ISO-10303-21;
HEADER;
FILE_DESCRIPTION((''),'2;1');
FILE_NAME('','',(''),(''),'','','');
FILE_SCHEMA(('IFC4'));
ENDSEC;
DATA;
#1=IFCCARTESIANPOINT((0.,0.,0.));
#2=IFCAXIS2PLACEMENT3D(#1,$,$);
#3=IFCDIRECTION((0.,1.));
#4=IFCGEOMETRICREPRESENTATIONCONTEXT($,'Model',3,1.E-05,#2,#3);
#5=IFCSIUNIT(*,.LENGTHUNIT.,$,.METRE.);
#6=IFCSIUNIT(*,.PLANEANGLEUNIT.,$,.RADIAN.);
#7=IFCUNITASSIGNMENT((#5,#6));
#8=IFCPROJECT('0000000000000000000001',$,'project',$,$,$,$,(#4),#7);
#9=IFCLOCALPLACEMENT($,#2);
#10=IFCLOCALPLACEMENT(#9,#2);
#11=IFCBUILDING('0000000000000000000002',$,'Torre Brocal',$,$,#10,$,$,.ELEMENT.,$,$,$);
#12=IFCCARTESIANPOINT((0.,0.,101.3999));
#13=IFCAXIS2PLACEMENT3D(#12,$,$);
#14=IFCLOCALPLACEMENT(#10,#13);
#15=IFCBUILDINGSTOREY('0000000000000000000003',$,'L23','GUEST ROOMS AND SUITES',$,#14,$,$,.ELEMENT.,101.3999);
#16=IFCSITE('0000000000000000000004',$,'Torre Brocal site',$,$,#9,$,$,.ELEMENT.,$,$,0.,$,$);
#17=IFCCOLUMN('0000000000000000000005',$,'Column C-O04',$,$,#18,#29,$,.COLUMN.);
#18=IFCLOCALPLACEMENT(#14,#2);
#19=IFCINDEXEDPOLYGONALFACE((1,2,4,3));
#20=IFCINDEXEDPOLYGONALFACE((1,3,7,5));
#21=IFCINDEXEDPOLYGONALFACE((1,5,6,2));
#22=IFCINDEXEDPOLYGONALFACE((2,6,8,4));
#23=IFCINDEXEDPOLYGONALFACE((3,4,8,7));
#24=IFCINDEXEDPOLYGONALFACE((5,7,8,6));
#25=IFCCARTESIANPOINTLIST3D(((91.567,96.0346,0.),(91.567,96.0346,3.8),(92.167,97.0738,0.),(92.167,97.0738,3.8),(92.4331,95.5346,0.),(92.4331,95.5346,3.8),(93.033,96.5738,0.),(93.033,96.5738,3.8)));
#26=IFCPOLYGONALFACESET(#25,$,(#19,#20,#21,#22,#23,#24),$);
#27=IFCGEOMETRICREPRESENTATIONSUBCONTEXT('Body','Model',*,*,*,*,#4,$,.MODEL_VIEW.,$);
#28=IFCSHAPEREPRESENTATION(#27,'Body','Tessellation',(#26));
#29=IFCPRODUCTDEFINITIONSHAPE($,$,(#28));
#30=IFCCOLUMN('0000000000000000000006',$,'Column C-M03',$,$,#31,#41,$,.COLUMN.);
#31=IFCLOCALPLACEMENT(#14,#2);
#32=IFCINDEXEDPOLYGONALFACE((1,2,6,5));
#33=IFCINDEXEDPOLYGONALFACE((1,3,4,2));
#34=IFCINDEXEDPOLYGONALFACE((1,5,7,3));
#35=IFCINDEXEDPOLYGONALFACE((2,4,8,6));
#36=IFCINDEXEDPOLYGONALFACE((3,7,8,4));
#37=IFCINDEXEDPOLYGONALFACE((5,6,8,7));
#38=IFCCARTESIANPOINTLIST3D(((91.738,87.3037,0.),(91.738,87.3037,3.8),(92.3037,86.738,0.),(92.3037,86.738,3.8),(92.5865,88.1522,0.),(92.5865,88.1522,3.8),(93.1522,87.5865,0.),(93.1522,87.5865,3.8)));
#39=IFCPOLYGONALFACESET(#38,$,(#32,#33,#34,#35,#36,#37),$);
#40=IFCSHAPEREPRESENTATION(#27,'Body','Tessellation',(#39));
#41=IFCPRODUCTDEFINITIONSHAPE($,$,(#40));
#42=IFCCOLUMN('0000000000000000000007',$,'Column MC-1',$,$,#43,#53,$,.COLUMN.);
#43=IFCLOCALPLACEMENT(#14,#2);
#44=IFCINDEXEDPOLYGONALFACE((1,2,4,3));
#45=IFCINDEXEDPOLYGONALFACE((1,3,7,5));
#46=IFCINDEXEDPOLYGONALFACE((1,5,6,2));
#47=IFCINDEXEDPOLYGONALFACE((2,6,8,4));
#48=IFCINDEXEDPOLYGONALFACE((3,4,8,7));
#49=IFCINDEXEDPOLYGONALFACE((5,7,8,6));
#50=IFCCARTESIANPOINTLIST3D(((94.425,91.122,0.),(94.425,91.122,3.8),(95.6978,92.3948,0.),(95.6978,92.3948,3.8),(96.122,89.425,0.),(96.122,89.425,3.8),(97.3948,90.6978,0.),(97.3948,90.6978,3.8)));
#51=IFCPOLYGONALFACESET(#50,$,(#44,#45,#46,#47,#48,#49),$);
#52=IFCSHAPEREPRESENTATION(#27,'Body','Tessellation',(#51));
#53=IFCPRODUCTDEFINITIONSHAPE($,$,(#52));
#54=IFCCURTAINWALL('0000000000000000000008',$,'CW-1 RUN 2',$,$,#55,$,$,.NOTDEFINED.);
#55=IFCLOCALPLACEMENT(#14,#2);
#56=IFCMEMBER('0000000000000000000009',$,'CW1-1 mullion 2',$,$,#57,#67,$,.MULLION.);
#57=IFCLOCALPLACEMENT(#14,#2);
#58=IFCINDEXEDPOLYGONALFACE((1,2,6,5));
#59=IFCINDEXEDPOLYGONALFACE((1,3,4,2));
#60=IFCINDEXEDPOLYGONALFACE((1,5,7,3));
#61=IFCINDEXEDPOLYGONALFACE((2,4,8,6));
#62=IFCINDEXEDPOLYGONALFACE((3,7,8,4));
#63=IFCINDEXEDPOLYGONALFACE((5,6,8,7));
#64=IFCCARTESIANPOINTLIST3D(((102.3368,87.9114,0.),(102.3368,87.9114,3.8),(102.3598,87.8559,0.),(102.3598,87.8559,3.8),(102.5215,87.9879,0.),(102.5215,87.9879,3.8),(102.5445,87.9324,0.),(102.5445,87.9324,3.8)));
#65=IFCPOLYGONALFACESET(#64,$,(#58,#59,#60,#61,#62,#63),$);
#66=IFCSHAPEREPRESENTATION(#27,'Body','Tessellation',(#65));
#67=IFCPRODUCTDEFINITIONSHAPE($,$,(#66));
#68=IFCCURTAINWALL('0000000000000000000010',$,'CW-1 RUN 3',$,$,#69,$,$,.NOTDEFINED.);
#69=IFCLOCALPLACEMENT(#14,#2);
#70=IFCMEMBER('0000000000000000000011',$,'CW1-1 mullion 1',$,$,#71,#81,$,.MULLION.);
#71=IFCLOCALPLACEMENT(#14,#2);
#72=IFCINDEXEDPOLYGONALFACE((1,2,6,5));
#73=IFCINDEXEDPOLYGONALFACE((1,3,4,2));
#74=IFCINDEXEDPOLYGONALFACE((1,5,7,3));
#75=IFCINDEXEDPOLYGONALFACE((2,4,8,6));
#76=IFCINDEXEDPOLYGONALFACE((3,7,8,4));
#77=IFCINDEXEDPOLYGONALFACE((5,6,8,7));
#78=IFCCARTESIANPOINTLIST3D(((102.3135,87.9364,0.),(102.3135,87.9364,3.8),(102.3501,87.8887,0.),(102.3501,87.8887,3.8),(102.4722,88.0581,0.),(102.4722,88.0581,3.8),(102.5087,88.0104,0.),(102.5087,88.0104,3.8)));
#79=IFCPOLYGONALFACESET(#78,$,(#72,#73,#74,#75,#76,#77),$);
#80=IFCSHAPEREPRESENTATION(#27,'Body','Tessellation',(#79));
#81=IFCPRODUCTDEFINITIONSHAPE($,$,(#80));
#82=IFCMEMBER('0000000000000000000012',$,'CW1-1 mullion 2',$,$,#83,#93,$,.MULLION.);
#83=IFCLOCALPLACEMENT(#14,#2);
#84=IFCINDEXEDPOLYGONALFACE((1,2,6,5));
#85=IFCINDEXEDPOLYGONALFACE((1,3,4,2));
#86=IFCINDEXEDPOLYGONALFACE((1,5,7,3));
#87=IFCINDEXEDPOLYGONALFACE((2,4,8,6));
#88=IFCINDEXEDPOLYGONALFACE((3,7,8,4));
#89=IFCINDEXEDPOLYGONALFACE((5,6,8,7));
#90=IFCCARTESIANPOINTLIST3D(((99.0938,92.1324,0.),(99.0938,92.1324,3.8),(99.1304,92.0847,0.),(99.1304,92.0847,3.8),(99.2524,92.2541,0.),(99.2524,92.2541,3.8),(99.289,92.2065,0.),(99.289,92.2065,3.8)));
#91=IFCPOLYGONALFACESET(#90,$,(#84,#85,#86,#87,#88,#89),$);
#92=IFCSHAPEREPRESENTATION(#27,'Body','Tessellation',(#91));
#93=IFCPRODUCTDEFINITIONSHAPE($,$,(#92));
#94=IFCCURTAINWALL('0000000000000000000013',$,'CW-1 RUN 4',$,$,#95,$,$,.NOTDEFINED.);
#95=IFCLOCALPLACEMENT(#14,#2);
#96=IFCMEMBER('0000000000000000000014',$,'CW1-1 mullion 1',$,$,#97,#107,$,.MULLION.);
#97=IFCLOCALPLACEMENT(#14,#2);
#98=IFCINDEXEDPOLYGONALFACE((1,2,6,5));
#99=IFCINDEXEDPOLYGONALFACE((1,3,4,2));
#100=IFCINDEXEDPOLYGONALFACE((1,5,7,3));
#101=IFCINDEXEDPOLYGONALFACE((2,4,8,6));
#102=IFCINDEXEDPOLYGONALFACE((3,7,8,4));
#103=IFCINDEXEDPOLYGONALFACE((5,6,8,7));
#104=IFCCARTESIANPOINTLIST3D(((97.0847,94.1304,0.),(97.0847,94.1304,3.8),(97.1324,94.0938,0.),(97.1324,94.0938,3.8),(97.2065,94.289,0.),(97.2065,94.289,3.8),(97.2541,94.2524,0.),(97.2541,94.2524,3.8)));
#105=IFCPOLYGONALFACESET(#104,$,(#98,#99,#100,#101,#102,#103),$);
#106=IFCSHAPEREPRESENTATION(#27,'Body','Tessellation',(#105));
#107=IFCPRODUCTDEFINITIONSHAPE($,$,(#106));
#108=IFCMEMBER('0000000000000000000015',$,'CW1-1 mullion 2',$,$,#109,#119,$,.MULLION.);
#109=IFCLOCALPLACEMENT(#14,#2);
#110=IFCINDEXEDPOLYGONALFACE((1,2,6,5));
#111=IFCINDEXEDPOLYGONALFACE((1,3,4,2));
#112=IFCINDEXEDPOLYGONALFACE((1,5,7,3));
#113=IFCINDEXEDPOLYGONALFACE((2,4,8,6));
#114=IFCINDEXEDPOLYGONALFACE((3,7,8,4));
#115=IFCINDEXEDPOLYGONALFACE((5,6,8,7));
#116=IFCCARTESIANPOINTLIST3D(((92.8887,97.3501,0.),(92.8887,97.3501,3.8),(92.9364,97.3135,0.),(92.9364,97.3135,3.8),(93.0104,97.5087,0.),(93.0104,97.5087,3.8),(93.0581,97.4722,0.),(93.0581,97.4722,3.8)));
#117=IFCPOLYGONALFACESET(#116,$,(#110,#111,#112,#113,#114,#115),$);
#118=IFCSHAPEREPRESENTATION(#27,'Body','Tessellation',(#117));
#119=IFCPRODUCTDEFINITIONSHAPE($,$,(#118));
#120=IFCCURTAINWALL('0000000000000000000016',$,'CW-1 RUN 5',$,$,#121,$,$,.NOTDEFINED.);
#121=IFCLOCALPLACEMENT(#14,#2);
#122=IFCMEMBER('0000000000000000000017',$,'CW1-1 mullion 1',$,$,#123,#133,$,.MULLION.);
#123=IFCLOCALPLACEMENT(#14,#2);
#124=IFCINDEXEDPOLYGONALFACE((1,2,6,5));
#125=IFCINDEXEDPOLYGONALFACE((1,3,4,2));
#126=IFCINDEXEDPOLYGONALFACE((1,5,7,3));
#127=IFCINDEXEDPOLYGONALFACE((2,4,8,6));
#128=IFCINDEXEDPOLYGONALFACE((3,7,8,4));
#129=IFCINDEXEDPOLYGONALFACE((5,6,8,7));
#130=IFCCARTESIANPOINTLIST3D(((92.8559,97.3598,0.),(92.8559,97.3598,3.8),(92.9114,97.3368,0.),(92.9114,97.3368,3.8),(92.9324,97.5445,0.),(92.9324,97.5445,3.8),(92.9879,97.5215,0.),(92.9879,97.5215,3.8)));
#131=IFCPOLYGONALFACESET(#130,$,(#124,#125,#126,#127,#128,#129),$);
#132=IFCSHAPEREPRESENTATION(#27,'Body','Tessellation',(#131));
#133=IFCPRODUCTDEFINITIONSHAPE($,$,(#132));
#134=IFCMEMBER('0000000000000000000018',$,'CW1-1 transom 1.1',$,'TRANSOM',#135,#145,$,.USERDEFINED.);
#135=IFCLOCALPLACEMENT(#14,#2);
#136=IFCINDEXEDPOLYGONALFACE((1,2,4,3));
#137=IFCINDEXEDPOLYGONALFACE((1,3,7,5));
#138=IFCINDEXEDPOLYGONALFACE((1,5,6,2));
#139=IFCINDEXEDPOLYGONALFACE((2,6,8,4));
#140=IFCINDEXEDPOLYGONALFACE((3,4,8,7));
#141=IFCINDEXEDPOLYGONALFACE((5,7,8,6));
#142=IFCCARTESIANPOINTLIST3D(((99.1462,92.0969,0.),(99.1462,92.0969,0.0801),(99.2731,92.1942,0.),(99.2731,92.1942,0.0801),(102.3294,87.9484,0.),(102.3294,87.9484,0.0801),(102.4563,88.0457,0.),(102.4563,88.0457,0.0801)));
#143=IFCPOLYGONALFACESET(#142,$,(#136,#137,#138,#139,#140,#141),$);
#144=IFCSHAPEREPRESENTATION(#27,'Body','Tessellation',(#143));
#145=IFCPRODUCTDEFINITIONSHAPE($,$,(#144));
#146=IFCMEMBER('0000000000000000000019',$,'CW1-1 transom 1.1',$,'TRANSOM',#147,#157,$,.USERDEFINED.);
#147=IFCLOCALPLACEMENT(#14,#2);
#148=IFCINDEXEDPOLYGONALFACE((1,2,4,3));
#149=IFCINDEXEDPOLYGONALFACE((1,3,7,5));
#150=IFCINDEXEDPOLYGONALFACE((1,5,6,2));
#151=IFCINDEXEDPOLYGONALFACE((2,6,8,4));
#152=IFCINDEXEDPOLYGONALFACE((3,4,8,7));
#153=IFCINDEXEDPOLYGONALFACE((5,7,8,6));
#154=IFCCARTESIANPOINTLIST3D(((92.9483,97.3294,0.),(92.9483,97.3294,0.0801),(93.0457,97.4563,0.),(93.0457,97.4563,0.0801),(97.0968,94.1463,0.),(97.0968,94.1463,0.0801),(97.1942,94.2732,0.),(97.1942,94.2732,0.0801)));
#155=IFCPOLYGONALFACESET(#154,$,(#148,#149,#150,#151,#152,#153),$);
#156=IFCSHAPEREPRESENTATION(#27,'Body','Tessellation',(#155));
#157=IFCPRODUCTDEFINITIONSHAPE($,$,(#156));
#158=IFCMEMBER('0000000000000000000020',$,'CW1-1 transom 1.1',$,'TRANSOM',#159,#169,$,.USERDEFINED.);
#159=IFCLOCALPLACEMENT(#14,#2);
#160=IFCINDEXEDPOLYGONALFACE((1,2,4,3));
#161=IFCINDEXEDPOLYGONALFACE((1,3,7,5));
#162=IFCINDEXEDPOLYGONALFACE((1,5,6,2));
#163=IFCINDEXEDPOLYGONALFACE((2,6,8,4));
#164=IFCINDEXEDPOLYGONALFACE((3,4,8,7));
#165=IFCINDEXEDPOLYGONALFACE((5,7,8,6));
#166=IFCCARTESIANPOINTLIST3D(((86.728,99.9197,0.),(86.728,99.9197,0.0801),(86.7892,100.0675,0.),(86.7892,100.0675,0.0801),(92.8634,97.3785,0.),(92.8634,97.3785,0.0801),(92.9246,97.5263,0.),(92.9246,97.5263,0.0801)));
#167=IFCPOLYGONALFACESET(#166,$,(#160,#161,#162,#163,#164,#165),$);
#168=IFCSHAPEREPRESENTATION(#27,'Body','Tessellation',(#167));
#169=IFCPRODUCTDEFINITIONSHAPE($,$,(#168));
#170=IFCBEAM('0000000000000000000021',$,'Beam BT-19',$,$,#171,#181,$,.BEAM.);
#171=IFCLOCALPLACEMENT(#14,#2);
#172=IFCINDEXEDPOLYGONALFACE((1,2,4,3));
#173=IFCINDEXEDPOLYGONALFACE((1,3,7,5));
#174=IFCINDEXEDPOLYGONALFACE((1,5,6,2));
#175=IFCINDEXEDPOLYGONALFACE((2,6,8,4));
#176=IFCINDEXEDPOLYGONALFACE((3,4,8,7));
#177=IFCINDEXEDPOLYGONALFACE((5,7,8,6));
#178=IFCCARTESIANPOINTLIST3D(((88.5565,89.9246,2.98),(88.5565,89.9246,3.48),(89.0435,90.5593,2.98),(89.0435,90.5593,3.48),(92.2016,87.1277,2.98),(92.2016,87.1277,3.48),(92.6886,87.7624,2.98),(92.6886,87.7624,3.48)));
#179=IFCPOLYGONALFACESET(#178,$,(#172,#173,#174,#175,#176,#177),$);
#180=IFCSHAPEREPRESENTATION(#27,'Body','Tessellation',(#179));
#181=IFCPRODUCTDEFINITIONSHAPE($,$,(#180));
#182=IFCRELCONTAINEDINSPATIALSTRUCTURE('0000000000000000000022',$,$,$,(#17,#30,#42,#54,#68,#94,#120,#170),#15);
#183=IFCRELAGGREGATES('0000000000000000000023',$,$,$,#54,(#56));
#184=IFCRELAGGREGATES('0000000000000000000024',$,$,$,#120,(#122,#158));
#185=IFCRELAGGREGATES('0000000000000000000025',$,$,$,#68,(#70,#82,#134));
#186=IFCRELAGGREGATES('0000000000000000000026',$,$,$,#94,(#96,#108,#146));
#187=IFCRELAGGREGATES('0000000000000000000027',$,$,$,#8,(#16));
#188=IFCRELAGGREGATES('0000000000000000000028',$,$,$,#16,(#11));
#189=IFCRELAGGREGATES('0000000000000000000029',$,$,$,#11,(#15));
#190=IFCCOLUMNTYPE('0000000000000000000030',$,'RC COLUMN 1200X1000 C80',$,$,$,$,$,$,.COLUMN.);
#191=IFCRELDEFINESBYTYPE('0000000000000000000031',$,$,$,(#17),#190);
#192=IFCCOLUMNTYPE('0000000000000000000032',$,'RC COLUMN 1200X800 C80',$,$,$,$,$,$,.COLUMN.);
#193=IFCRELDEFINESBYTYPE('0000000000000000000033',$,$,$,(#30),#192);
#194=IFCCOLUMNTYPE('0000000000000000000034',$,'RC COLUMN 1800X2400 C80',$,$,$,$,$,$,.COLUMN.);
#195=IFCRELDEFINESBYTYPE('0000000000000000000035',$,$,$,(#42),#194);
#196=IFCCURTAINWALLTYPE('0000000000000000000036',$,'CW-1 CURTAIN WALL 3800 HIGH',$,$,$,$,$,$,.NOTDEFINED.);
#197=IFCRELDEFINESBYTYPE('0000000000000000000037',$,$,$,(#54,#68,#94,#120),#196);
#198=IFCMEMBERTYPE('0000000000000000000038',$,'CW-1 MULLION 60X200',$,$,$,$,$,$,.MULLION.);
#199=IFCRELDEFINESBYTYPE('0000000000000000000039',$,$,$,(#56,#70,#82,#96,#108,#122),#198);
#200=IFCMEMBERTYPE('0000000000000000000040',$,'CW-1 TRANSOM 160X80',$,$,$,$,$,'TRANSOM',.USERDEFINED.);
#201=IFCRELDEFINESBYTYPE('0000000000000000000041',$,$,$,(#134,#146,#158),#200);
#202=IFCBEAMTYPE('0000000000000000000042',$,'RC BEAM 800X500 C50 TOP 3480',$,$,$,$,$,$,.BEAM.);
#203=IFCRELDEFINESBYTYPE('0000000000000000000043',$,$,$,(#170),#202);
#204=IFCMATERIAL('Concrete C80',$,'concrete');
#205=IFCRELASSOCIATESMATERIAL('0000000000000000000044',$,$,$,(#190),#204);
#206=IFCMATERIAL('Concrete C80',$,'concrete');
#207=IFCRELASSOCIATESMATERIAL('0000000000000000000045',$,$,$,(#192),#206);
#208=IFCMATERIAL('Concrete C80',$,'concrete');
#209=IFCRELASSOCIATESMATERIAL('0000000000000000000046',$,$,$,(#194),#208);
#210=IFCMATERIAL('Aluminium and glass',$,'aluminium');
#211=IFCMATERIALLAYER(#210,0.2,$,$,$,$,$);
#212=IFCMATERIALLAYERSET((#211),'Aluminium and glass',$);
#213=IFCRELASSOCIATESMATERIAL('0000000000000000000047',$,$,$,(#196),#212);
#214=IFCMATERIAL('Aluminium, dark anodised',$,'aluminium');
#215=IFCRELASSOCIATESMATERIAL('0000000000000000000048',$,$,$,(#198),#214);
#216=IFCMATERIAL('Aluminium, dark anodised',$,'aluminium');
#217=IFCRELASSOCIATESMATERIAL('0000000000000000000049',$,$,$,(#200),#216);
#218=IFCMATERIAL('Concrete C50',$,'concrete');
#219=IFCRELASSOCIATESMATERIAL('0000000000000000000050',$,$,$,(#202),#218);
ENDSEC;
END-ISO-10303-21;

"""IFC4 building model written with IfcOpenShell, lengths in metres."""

from ifc_helpers import new_model, si_unit, direction, frame, origin, origin_2d, place, context, subcontext, project, spatial, rectangle, extrude, material, layer, layer_set, material_profile, profile_set, type_object, element, aggregate, save


model = new_model("IFC4")

# Units and contexts
model_context = context("Model", 3, precision=1e-05, world=origin(), true_north=direction((0.0, 1.0)))
body_context = subcontext(model_context, "Body", "Model", "MODEL_VIEW")
ifc_project = project(units=[si_unit("LENGTHUNIT", "METRE"), si_unit("PLANEANGLEUNIT", "RADIAN")], contexts=[model_context])

# Site, building, storey
site_placement = place(None, origin())
site = spatial("IfcSite", under=ifc_project, at=site_placement, Name="Torre Brocal site", CompositionType="ELEMENT", RefElevation=0.0)
building_placement = place(site_placement, origin())
building = spatial("IfcBuilding", under=site, at=building_placement, Name="Torre Brocal", CompositionType="ELEMENT")
storey_placement = place(building_placement, frame((0.0, 0.0, 101.3999)))
storey = spatial("IfcBuildingStorey", under=building, at=storey_placement, Name="L23", Description="GUEST ROOMS AND SUITES", CompositionType="ELEMENT", Elevation=101.3999)

# Columns
ifc_material_1 = material(Name="Concrete C80", Category="concrete")
ifc_material_profile_1 = material_profile(ifc_material_1, rectangle(XDim=1.2, YDim=1.0, at=origin_2d()), Name="RC 1200X1000")
ifc_profile_set_1 = profile_set([ifc_material_profile_1], Name="Concrete C80")
column_type_1 = type_object("IfcColumnType", Name="RC COLUMN 1200X1000 C80", PredefinedType="COLUMN", material=ifc_profile_set_1)
column_1_placement = place(storey_placement, frame((92.3, 96.3042, 0.0), z_axis=(0.0, 0.0, 1.0), x_axis=(0.5, 0.866025, 0.0)))
element("IfcColumn", 1, at=column_1_placement, inside=storey, type_object=column_type_1, Name="Column C-O04", PredefinedType="COLUMN", context=body_context, shape_type="SweptSolid", body=[
    extrude(rectangle(XDim=1.2, YDim=1.0, at=origin_2d()), origin(), (0.0, 0.0, 1.0), 3.8),
])
ifc_material_2 = material(Name="Concrete C80", Category="concrete")
ifc_material_profile_2 = material_profile(ifc_material_2, rectangle(XDim=1.2, YDim=0.8, at=origin_2d()), Name="RC 1200X800")
ifc_profile_set_2 = profile_set([ifc_material_profile_2], Name="Concrete C80")
column_type_2 = type_object("IfcColumnType", Name="RC COLUMN 1200X800 C80", PredefinedType="COLUMN", material=ifc_profile_set_2)
column_2_placement = place(storey_placement, frame((92.4451, 87.4451, 0.0), z_axis=(0.0, 0.0, 1.0), x_axis=(0.707107, 0.707107, 0.0)))
element("IfcColumn", 2, at=column_2_placement, inside=storey, type_object=column_type_2, Name="Column C-M03", PredefinedType="COLUMN", context=body_context, shape_type="SweptSolid", body=[
    extrude(rectangle(XDim=1.2, YDim=0.8, at=origin_2d()), origin(), (0.0, 0.0, 1.0), 3.8),
])
ifc_material_3 = material(Name="Concrete C80", Category="concrete")
ifc_material_profile_3 = material_profile(ifc_material_3, rectangle(XDim=1.8, YDim=2.3999, at=origin_2d()), Name="RC 1800X2400")
ifc_profile_set_3 = profile_set([ifc_material_profile_3], Name="Concrete C80")
column_type_3 = type_object("IfcColumnType", Name="RC COLUMN 1800X2400 C80", PredefinedType="COLUMN", material=ifc_profile_set_3)
column_3_placement = place(storey_placement, frame((95.9099, 90.9099, 0.0), z_axis=(0.0, 0.0, 1.0), x_axis=(0.707107, 0.707107, 0.0)))
element("IfcColumn", 3, at=column_3_placement, inside=storey, type_object=column_type_3, Name="Column MC-1", PredefinedType="COLUMN", context=body_context, shape_type="SweptSolid", body=[
    extrude(rectangle(XDim=1.8, YDim=2.3999, at=origin_2d()), origin(), (0.0, 0.0, 1.0), 3.8),
])

# Curtain wall, member
ifc_material_4 = material(Name="Aluminium and glass", Category="aluminium")
ifc_layer_1 = layer(ifc_material_4, 0.2)
ifc_layer_set_1 = layer_set([ifc_layer_1], Name="Aluminium and glass")
curtain_wall_type = type_object("IfcCurtainWallType", Name="CW-1 CURTAIN WALL 3800 HIGH", PredefinedType="NOTDEFINED", material=ifc_layer_set_1)
curtain_wall_1_placement = place(storey_placement, origin())
curtain_wall_1 = element("IfcCurtainWall", 4, at=curtain_wall_1_placement, inside=storey, type_object=curtain_wall_type, Name="CW-1 RUN 2", PredefinedType="NOTDEFINED")
ifc_material_5 = material(Name="Aluminium, dark anodised", Category="aluminium")
ifc_material_profile_4 = material_profile(ifc_material_5, rectangle(XDim=0.2, YDim=0.0601, at=origin_2d()), Name="CW-1 MULLION 60X200")
ifc_profile_set_4 = profile_set([ifc_material_profile_4], Name="Aluminium, dark anodised")
member_type_1 = type_object("IfcMemberType", Name="CW-1 MULLION 60X200", PredefinedType="MULLION", material=ifc_profile_set_4)
member_1_placement = place(storey_placement, frame((102.4407, 87.9219, 0.0), z_axis=(0.0, 0.0, 1.0), x_axis=(-0.92388, -0.382683, 0.0)))
member_1 = element("IfcMember", 5, at=member_1_placement, type_object=member_type_1, Name="CW1-1 mullion 2", PredefinedType="MULLION", context=body_context, shape_type="SweptSolid", body=[
    extrude(rectangle(XDim=0.2, YDim=0.0601, at=origin_2d()), origin(), (0.0, 0.0, 1.0), 3.8),
])
aggregate(curtain_wall_1, [member_1])

# Curtain walls, members
curtain_wall_2_placement = place(storey_placement, origin())
curtain_wall_2 = element("IfcCurtainWall", 6, at=curtain_wall_2_placement, inside=storey, type_object=curtain_wall_type, Name="CW-1 RUN 3", PredefinedType="NOTDEFINED")
member_2_placement = place(storey_placement, frame((102.4111, 87.9734, 0.0), z_axis=(0.0, 0.0, 1.0), x_axis=(-0.793353, -0.608761, 0.0)))
member_2 = element("IfcMember", 7, at=member_2_placement, type_object=member_type_1, Name="CW1-1 mullion 1", PredefinedType="MULLION", context=body_context, shape_type="SweptSolid", body=[
    extrude(rectangle(XDim=0.2, YDim=0.0601, at=origin_2d()), origin(), (0.0, 0.0, 1.0), 3.8),
])
member_3_placement = place(storey_placement, frame((99.1914, 92.1694, 0.0), z_axis=(0.0, 0.0, 1.0), x_axis=(-0.793353, -0.608761, 0.0)))
member_3 = element("IfcMember", 8, at=member_3_placement, type_object=member_type_1, Name="CW1-1 mullion 2", PredefinedType="MULLION", context=body_context, shape_type="SweptSolid", body=[
    extrude(rectangle(XDim=0.2, YDim=0.0601, at=origin_2d()), origin(), (0.0, 0.0, 1.0), 3.8),
])
curtain_wall_3_placement = place(storey_placement, origin())
curtain_wall_3 = element("IfcCurtainWall", 9, at=curtain_wall_3_placement, inside=storey, type_object=curtain_wall_type, Name="CW-1 RUN 4", PredefinedType="NOTDEFINED")
member_4_placement = place(storey_placement, frame((97.1694, 94.1914, 0.0), z_axis=(0.0, 0.0, 1.0), x_axis=(-0.608761, -0.793353, 0.0)))
member_4 = element("IfcMember", 10, at=member_4_placement, type_object=member_type_1, Name="CW1-1 mullion 1", PredefinedType="MULLION", context=body_context, shape_type="SweptSolid", body=[
    extrude(rectangle(XDim=0.2, YDim=0.0601, at=origin_2d()), origin(), (0.0, 0.0, 1.0), 3.8),
])
member_5_placement = place(storey_placement, frame((92.9734, 97.4111, 0.0), z_axis=(0.0, 0.0, 1.0), x_axis=(-0.608761, -0.793353, 0.0)))
member_5 = element("IfcMember", 11, at=member_5_placement, type_object=member_type_1, Name="CW1-1 mullion 2", PredefinedType="MULLION", context=body_context, shape_type="SweptSolid", body=[
    extrude(rectangle(XDim=0.2, YDim=0.0601, at=origin_2d()), origin(), (0.0, 0.0, 1.0), 3.8),
])

# Curtain wall, member
curtain_wall_4_placement = place(storey_placement, origin())
curtain_wall_4 = element("IfcCurtainWall", 12, at=curtain_wall_4_placement, inside=storey, type_object=curtain_wall_type, Name="CW-1 RUN 5", PredefinedType="NOTDEFINED")
member_6_placement = place(storey_placement, frame((92.9219, 97.4407, 0.0), z_axis=(0.0, 0.0, 1.0), x_axis=(-0.382683, -0.92388, 0.0)))
member_6 = element("IfcMember", 13, at=member_6_placement, type_object=member_type_1, Name="CW1-1 mullion 1", PredefinedType="MULLION", context=body_context, shape_type="SweptSolid", body=[
    extrude(rectangle(XDim=0.2, YDim=0.0601, at=origin_2d()), origin(), (0.0, 0.0, 1.0), 3.8),
])

# Members
ifc_material_6 = material(Name="Aluminium, dark anodised", Category="aluminium")
ifc_material_profile_5 = material_profile(ifc_material_6, rectangle(XDim=0.1599, YDim=0.0801, at=origin_2d()), Name="CW-1 TRANSOM 160X80")
ifc_profile_set_5 = profile_set([ifc_material_profile_5], Name="Aluminium, dark anodised")
member_type_2 = type_object("IfcMemberType", Name="CW-1 TRANSOM 160X80", ElementType="TRANSOM", PredefinedType="USERDEFINED", material=ifc_profile_set_5)
member_7_placement = place(storey_placement, frame((102.3928, 87.9971, 0.04), z_axis=(-0.608749, 0.793363, 0.0), x_axis=(-0.793363, -0.608749, 0.0)))
member_7 = element("IfcMember", 14, at=member_7_placement, type_object=member_type_2, Name="CW1-1 transom 1.1", ObjectType="TRANSOM", PredefinedType="USERDEFINED", context=body_context, shape_type="SweptSolid", body=[
    extrude(rectangle(XDim=0.1599, YDim=0.0801, at=origin_2d()), origin(), (0.0, 0.0, 1.0), 5.229),
])
member_8_placement = place(storey_placement, frame((97.1455, 94.2097, 0.04), z_axis=(-0.793363, 0.608749, 0.0), x_axis=(-0.608749, -0.793363, 0.0)))
member_8 = element("IfcMember", 15, at=member_8_placement, type_object=member_type_2, Name="CW1-1 transom 1.1", ObjectType="TRANSOM", PredefinedType="USERDEFINED", context=body_context, shape_type="SweptSolid", body=[
    extrude(rectangle(XDim=0.1599, YDim=0.0801, at=origin_2d()), origin(), (0.0, 0.0, 1.0), 5.229),
])
member_9_placement = place(storey_placement, frame((92.894, 97.4524, 0.04), z_axis=(-0.923887, 0.382665, 0.0), x_axis=(-0.382665, -0.923887, 0.0)))
member_9 = element("IfcMember", 16, at=member_9_placement, type_object=member_type_2, Name="CW1-1 transom 1.1", ObjectType="TRANSOM", PredefinedType="USERDEFINED", context=body_context, shape_type="SweptSolid", body=[
    extrude(rectangle(XDim=0.1599, YDim=0.0801, at=origin_2d()), origin(), (0.0, 0.0, 1.0), 6.6409),
])
aggregate(curtain_wall_4, [member_6, member_9])

# Beam
ifc_material_7 = material(Name="Concrete C50", Category="concrete")
ifc_material_profile_6 = material_profile(ifc_material_7, rectangle(XDim=0.8, YDim=0.5, at=origin_2d()), Name="RC 800X500")
ifc_profile_set_6 = profile_set([ifc_material_profile_6], Name="Concrete C50")
beam_type_1 = type_object("IfcBeamType", Name="RC BEAM 800X500 C50 TOP 3480", PredefinedType="BEAM", material=ifc_profile_set_6)
beam_1_placement = place(storey_placement, frame((92.4451, 87.4451, 3.23), z_axis=(-0.793358, 0.608755, 0.0), x_axis=(-0.608755, -0.793358, 0.0)))
element("IfcBeam", 17, at=beam_1_placement, inside=storey, type_object=beam_type_1, Name="Beam BT-19", PredefinedType="BEAM", context=body_context, shape_type="SweptSolid", body=[
    extrude(rectangle(XDim=0.8, YDim=0.5, at=origin_2d()), origin(), (0.0, 0.0, 1.0), 4.5945),
])

aggregate(curtain_wall_2, [member_2, member_3, member_7])
aggregate(curtain_wall_3, [member_4, member_5, member_8])

save(model, "model.ifc")
